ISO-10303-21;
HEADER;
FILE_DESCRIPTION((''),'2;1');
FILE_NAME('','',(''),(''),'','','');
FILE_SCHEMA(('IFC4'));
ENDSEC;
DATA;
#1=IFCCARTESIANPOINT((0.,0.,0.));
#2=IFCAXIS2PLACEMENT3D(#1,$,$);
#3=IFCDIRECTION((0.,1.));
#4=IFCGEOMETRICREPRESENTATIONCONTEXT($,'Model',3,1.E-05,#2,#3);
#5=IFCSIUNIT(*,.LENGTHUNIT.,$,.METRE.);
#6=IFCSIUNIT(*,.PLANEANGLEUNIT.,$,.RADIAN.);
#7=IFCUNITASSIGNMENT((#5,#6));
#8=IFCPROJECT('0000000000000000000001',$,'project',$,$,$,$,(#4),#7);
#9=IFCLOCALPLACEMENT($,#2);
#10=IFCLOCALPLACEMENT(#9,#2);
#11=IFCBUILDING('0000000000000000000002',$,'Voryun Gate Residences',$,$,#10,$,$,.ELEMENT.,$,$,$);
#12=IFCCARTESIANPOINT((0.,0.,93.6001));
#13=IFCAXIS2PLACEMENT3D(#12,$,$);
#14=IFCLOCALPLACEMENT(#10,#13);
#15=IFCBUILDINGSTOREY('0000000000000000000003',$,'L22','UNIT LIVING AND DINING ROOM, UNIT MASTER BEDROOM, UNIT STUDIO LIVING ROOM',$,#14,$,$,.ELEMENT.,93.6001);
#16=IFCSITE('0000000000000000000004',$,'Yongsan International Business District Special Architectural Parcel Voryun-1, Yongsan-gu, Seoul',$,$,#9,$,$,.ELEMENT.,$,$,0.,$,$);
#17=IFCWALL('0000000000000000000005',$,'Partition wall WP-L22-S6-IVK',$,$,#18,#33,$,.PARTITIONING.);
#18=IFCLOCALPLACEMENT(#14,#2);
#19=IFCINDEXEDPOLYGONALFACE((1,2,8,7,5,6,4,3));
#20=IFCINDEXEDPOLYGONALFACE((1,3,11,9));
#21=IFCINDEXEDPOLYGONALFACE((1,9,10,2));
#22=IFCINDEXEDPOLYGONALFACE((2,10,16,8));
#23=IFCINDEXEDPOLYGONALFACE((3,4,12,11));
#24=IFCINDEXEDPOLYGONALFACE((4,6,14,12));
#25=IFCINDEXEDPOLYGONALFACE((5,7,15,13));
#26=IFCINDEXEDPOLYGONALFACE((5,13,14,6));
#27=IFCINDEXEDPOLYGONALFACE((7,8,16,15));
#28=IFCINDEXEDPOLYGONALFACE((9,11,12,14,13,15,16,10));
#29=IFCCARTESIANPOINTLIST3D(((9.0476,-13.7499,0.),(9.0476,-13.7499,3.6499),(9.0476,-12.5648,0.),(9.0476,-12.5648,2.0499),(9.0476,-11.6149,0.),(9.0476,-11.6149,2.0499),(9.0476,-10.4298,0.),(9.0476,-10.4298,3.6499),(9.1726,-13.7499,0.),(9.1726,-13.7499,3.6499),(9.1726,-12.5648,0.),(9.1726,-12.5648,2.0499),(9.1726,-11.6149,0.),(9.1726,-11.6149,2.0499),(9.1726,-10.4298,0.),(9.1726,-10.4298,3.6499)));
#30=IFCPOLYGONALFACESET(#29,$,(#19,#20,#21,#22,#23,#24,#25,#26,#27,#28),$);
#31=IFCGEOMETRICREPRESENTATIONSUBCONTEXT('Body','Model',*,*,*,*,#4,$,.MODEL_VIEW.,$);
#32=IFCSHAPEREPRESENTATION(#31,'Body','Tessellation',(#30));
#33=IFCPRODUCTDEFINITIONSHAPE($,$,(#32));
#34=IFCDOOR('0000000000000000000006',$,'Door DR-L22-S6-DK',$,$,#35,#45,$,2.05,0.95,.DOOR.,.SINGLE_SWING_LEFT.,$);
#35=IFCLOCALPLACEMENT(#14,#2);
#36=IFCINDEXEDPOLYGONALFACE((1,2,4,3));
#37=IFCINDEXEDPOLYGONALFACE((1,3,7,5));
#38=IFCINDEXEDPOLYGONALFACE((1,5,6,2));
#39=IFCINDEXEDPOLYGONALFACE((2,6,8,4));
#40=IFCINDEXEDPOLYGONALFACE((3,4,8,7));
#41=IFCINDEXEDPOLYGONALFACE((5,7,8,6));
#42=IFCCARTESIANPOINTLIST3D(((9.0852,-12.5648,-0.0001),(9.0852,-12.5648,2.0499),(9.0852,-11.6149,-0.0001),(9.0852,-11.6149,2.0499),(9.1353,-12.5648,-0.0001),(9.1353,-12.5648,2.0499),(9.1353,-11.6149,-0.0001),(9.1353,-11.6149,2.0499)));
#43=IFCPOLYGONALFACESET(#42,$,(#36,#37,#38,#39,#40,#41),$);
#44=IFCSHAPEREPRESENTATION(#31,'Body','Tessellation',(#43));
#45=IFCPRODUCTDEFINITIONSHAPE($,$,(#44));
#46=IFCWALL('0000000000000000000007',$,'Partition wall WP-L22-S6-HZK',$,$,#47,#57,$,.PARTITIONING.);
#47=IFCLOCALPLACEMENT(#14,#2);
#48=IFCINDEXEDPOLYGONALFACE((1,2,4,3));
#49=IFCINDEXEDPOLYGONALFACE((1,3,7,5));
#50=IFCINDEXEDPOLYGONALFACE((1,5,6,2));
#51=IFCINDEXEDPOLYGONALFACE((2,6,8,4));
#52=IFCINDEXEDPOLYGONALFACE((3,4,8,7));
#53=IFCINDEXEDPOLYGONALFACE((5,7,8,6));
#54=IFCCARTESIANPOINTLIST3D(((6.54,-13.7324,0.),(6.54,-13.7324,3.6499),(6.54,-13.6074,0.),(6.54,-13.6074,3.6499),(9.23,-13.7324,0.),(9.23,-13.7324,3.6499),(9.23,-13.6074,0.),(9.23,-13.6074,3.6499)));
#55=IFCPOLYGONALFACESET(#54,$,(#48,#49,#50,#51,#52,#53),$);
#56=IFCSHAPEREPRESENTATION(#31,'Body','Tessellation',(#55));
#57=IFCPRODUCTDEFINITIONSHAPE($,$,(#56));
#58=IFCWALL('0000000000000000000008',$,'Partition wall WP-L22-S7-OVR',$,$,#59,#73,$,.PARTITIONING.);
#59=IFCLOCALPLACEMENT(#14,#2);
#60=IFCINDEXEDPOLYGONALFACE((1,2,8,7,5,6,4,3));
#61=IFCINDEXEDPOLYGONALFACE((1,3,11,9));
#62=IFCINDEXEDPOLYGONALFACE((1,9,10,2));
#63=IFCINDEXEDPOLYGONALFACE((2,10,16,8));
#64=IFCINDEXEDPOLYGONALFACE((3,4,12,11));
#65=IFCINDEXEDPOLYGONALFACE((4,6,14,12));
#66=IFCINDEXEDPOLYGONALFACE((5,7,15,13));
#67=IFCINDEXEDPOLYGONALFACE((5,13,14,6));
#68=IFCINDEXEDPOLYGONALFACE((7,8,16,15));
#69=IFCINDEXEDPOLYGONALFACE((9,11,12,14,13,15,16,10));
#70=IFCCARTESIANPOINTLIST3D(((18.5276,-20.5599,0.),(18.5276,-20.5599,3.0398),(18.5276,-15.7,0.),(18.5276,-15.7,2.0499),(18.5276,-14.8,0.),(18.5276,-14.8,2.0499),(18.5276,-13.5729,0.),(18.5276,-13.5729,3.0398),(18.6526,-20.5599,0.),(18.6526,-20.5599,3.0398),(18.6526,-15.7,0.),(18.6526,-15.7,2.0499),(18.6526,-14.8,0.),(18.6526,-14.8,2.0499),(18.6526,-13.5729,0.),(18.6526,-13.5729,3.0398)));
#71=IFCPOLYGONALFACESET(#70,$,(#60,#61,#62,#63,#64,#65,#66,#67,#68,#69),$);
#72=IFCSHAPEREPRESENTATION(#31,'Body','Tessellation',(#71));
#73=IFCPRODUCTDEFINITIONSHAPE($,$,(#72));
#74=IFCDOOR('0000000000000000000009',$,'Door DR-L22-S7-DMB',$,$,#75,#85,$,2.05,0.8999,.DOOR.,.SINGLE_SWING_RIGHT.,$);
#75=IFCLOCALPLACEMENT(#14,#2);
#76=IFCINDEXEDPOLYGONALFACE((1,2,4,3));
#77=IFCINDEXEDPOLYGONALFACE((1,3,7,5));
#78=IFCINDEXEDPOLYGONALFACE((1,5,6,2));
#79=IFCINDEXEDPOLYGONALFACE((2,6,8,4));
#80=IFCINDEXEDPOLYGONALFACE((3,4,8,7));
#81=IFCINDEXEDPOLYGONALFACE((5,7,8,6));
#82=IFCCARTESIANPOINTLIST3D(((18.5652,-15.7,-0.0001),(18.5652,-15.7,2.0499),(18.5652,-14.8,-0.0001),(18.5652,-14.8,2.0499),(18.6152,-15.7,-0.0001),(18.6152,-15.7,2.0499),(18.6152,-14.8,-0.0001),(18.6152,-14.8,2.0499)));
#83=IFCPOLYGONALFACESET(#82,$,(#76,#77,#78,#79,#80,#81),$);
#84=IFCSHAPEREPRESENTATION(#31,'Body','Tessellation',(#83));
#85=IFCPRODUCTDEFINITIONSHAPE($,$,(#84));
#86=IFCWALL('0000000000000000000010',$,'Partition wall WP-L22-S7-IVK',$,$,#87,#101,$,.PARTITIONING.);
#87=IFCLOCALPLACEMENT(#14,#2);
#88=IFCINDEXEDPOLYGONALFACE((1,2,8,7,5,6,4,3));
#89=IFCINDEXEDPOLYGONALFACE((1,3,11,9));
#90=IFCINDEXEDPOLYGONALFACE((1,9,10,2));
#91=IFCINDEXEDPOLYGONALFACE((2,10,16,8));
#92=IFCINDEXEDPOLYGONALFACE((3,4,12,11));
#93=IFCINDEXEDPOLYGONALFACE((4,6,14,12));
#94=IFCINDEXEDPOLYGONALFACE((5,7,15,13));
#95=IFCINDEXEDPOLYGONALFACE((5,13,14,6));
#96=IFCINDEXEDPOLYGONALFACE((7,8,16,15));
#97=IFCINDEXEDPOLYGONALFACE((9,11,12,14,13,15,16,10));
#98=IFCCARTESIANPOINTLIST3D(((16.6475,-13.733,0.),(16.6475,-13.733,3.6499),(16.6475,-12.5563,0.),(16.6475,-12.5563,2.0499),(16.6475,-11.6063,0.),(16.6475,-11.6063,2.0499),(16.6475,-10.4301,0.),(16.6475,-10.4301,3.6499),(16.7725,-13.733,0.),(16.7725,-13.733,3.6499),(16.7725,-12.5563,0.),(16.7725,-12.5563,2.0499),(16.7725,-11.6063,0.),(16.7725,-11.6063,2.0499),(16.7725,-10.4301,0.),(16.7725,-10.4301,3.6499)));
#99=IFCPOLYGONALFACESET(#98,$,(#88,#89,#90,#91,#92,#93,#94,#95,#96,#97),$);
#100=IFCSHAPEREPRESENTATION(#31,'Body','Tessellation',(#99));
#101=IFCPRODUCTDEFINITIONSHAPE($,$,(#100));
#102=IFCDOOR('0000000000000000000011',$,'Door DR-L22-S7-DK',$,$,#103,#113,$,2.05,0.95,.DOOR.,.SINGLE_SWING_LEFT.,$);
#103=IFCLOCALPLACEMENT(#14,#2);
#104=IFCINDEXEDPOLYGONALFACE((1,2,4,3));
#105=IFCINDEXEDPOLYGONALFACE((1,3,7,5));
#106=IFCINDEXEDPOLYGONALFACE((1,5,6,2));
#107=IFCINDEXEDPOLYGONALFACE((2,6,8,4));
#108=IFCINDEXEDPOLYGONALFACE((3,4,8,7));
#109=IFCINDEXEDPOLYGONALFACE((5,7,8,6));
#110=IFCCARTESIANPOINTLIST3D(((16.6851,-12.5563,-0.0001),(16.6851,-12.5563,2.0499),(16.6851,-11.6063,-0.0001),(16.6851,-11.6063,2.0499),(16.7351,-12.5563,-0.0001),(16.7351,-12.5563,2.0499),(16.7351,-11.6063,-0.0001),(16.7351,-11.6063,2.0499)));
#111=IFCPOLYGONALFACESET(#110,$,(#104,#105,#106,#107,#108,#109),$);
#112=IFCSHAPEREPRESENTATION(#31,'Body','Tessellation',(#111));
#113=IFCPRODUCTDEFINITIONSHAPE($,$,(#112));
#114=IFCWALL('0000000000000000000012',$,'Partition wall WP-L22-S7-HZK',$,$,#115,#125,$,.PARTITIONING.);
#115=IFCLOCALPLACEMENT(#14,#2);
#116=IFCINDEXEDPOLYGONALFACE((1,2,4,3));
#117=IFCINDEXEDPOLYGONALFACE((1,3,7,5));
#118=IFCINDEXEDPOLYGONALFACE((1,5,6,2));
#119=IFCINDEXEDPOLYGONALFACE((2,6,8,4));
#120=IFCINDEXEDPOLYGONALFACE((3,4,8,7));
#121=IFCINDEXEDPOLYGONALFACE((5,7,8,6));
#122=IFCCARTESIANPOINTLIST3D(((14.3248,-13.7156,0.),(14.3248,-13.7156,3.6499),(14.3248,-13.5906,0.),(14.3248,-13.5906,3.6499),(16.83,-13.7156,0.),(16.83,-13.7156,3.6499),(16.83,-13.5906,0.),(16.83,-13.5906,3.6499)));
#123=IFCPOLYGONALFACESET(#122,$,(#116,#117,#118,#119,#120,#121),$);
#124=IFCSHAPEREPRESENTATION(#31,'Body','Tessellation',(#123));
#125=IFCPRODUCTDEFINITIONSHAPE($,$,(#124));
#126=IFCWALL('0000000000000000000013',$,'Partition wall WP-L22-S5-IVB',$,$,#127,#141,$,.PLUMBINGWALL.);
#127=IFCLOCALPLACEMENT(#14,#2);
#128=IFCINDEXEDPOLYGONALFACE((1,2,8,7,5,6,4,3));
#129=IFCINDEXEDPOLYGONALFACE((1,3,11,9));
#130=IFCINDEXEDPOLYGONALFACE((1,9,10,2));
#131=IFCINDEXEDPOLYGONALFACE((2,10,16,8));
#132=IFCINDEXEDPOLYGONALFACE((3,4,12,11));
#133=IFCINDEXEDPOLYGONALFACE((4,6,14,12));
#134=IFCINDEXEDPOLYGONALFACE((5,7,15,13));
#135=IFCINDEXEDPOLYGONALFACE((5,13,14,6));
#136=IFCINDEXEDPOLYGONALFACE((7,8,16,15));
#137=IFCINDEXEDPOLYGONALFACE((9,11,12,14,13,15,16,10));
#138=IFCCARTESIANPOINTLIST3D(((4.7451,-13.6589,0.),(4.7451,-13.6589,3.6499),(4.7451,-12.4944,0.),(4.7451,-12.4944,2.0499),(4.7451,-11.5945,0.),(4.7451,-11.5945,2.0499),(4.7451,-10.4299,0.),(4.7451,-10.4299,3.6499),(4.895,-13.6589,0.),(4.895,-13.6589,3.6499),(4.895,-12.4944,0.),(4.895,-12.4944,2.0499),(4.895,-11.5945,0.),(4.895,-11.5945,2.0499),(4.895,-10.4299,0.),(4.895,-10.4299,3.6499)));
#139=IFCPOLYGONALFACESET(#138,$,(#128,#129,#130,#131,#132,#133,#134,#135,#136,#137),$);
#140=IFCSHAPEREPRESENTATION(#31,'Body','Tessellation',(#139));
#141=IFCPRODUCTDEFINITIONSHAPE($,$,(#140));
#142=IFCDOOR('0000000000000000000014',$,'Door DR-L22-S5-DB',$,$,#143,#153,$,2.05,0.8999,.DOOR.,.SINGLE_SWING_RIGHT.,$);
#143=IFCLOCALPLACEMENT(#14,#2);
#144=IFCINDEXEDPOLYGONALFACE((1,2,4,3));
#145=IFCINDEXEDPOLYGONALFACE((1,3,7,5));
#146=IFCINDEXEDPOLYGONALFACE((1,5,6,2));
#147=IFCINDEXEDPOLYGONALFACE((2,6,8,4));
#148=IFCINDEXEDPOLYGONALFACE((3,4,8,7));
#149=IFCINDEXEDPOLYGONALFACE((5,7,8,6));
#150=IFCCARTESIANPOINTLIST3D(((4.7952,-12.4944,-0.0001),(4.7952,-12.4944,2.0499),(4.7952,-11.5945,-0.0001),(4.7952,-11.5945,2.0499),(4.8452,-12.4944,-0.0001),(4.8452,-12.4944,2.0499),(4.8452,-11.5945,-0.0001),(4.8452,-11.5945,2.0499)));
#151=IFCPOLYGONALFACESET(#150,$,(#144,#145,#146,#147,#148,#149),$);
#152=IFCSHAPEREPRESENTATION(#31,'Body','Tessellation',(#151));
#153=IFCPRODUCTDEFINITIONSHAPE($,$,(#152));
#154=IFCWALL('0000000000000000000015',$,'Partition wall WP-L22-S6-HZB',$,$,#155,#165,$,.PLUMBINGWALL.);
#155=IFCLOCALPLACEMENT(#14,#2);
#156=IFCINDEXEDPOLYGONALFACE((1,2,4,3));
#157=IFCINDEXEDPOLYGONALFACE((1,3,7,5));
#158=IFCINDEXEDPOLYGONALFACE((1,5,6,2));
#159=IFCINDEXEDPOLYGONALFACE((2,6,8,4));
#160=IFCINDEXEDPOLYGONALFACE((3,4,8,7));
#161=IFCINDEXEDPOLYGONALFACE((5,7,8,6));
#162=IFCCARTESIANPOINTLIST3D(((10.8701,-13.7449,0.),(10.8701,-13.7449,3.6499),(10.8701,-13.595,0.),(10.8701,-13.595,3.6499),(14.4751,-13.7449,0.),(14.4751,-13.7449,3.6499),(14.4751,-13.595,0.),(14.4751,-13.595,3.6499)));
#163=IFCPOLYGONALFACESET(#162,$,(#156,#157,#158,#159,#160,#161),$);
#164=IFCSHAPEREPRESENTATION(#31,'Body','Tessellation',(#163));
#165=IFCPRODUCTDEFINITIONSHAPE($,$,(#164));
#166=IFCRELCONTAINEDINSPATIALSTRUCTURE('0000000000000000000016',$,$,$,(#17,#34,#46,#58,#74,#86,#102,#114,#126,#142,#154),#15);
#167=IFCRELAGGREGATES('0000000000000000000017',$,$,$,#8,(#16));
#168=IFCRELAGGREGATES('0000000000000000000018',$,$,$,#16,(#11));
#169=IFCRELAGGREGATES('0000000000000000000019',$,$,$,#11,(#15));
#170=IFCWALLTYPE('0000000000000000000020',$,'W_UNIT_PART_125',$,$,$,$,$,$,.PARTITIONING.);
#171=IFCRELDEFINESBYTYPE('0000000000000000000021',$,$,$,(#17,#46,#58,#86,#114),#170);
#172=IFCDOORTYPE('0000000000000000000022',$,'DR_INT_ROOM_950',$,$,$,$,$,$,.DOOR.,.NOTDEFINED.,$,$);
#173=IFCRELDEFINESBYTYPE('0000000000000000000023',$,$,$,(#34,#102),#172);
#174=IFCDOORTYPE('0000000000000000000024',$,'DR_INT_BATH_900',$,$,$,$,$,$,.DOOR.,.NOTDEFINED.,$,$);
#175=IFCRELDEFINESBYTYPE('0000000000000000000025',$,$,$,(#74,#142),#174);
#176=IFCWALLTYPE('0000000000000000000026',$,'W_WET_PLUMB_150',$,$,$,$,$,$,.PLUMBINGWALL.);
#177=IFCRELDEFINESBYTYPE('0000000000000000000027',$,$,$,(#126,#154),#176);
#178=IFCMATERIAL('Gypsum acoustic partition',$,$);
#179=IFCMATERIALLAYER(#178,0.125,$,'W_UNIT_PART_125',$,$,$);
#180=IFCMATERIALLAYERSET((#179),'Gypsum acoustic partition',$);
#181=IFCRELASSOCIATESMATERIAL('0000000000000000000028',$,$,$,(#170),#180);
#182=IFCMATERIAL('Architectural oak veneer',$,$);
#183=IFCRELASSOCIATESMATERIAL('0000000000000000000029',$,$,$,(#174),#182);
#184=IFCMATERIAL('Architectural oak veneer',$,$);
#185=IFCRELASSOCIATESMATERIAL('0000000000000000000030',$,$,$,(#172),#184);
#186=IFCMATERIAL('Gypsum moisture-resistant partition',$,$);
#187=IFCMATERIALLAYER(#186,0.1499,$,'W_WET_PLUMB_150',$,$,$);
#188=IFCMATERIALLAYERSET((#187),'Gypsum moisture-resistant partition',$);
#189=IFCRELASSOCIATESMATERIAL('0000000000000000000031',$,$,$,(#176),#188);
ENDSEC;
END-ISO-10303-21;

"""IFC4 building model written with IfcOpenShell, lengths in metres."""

from ifc_helpers import new_model, si_unit, direction, frame, frame_2d, origin, place, context, subcontext, project, spatial, rectangle, extrude, material, layer, layer_set, type_object, element, fill, save


model = new_model("IFC4")

# Units and contexts
model_context = context("Model", 3, precision=1e-05, world=origin(), true_north=direction((0.0, 1.0)))
body_context = subcontext(model_context, "Body", "Model", "MODEL_VIEW")
ifc_project = project(units=[si_unit("LENGTHUNIT", "METRE"), si_unit("PLANEANGLEUNIT", "RADIAN")], contexts=[model_context])

# Site, building, storey
site_placement = place(None, origin())
site = spatial("IfcSite", under=ifc_project, at=site_placement, Name="Yongsan International Business District Special Architectural Parcel Voryun-1, Yongsan-gu, Seoul", CompositionType="ELEMENT", RefElevation=0.0)
building_placement = place(site_placement, origin())
building = spatial("IfcBuilding", under=site, at=building_placement, Name="Voryun Gate Residences", CompositionType="ELEMENT")
storey_placement = place(building_placement, frame((0.0, 0.0, 93.6001)))
storey = spatial("IfcBuildingStorey", under=building, at=storey_placement, Name="L22", Description="UNIT LIVING AND DINING ROOM, UNIT MASTER BEDROOM, UNIT STUDIO LIVING ROOM", CompositionType="ELEMENT", Elevation=93.6001)

# Wall, opening, door
ifc_material_1 = material(Name="Gypsum acoustic partition")
ifc_layer_1 = layer(ifc_material_1, 0.125, Name="W_UNIT_PART_125")
ifc_layer_set_1 = layer_set([ifc_layer_1], Name="Gypsum acoustic partition")
wall_type_1 = type_object("IfcWallType", Name="W_UNIT_PART_125", PredefinedType="PARTITIONING", material=ifc_layer_set_1)
ifc_material_2 = material(Name="Architectural oak veneer")
door_type_1 = type_object("IfcDoorType", Name="DR_INT_BATH_900", OperationType="NOTDEFINED", PredefinedType="DOOR", material=ifc_material_2)
wall_1_placement = place(storey_placement, frame((9.1101, -13.75, 0.0), z_axis=(0.0, 0.0, 1.0), x_axis=(0.0, 1.0, 0.0)))
wall_1 = element("IfcWall", 1, at=wall_1_placement, inside=storey, type_object=wall_type_1, Name="Partition wall WP-L22-S6-IVK", PredefinedType="PARTITIONING", context=body_context, shape_type="SweptSolid", body=[
    extrude(rectangle(XDim=3.3201, YDim=0.125, at=frame_2d((1.6602, 0.0))), origin(), (0.0, 0.0, 1.0), 3.6499),
])
opening_1_placement = place(wall_1_placement, frame((1.1851, 0.0, 0.0)))
opening_1 = element("IfcOpeningElement", 2, at=opening_1_placement, cuts=wall_1, PredefinedType="OPENING", context=body_context, shape_type="SweptSolid", body=[
    extrude(rectangle(XDim=0.95, YDim=2.05, at=frame_2d((0.4751, 1.0249))), frame((0.0, 0.0725, 0.0), z_axis=(0.0, -1.0, 0.0), x_axis=(1.0, 0.0, 0.0)), (0.0, 0.0, 1.0), 0.145),
])
ifc_material_3 = material(Name="Architectural oak veneer")
door_type_2 = type_object("IfcDoorType", Name="DR_INT_ROOM_950", OperationType="NOTDEFINED", PredefinedType="DOOR", material=ifc_material_3)
door_1_placement = place(opening_1_placement, origin())
door_1 = element("IfcDoor", 3, at=door_1_placement, inside=storey, type_object=door_type_2, Name="Door DR-L22-S6-DK", OperationType="SINGLE_SWING_LEFT", OverallHeight=2.05, OverallWidth=0.95, PredefinedType="DOOR", context=body_context, shape_type="SweptSolid", body=[
    extrude(rectangle(XDim=0.95, YDim=2.05, at=frame_2d((0.4751, 1.0249))), frame((0.0, 0.0249, 0.0), z_axis=(0.0, -1.0, 0.0), x_axis=(1.0, 0.0, 0.0)), (0.0, 0.0, 1.0), 0.05),
])
fill(opening_1, door_1)

# Wall
wall_2_placement = place(storey_placement, frame((6.54, -13.6699, 0.0), z_axis=(0.0, 0.0, 1.0), x_axis=(1.0, 0.0, 0.0)))
element("IfcWall", 4, at=wall_2_placement, inside=storey, type_object=wall_type_1, Name="Partition wall WP-L22-S6-HZK", PredefinedType="PARTITIONING", context=body_context, shape_type="SweptSolid", body=[
    extrude(rectangle(XDim=2.6899, YDim=0.125, at=frame_2d((1.345, 0.0))), origin(), (0.0, 0.0, 1.0), 3.6499),
])

# Walls, openings, doors
wall_3_placement = place(storey_placement, frame((18.5901, -20.5601, 0.0), z_axis=(0.0, 0.0, 1.0), x_axis=(0.0, 1.0, 0.0)))
wall_3 = element("IfcWall", 5, at=wall_3_placement, inside=storey, type_object=wall_type_1, Name="Partition wall WP-L22-S7-OVR", PredefinedType="PARTITIONING", context=body_context, shape_type="SweptSolid", body=[
    extrude(rectangle(XDim=6.9871, YDim=0.125, at=frame_2d((3.4937, 0.0))), origin(), (0.0, 0.0, 1.0), 3.0398),
])
opening_2_placement = place(wall_3_placement, frame((4.8601, 0.0, 0.0)))
opening_2 = element("IfcOpeningElement", 6, at=opening_2_placement, cuts=wall_3, PredefinedType="OPENING", context=body_context, shape_type="SweptSolid", body=[
    extrude(rectangle(XDim=0.8999, YDim=2.05, at=frame_2d((0.45, 1.0249))), frame((0.0, 0.0725, 0.0), z_axis=(0.0, -1.0, 0.0), x_axis=(1.0, 0.0, 0.0)), (0.0, 0.0, 1.0), 0.145),
])
door_2_placement = place(opening_2_placement, origin())
door_2 = element("IfcDoor", 7, at=door_2_placement, inside=storey, type_object=door_type_1, Name="Door DR-L22-S7-DMB", OperationType="SINGLE_SWING_RIGHT", OverallHeight=2.05, OverallWidth=0.8999, PredefinedType="DOOR", context=body_context, shape_type="SweptSolid", body=[
    extrude(rectangle(XDim=0.8999, YDim=2.05, at=frame_2d((0.45, 1.0249))), frame((0.0, 0.0249, 0.0), z_axis=(0.0, -1.0, 0.0), x_axis=(1.0, 0.0, 0.0)), (0.0, 0.0, 1.0), 0.05),
])
fill(opening_2, door_2)
wall_4_placement = place(storey_placement, frame((16.71, -13.7329, 0.0), z_axis=(0.0, 0.0, 1.0), x_axis=(0.0, 1.0, 0.0)))
wall_4 = element("IfcWall", 8, at=wall_4_placement, inside=storey, type_object=wall_type_1, Name="Partition wall WP-L22-S7-IVK", PredefinedType="PARTITIONING", context=body_context, shape_type="SweptSolid", body=[
    extrude(rectangle(XDim=3.303, YDim=0.125, at=frame_2d((1.6514, 0.0))), origin(), (0.0, 0.0, 1.0), 3.6499),
])
opening_3_placement = place(wall_4_placement, frame((1.1765, 0.0, 0.0)))
opening_3 = element("IfcOpeningElement", 9, at=opening_3_placement, cuts=wall_4, PredefinedType="OPENING", context=body_context, shape_type="SweptSolid", body=[
    extrude(rectangle(XDim=0.95, YDim=2.05, at=frame_2d((0.4751, 1.0249))), frame((0.0, 0.0725, 0.0), z_axis=(0.0, -1.0, 0.0), x_axis=(1.0, 0.0, 0.0)), (0.0, 0.0, 1.0), 0.145),
])
door_3_placement = place(opening_3_placement, origin())
door_3 = element("IfcDoor", 10, at=door_3_placement, inside=storey, type_object=door_type_2, Name="Door DR-L22-S7-DK", OperationType="SINGLE_SWING_LEFT", OverallHeight=2.05, OverallWidth=0.95, PredefinedType="DOOR", context=body_context, shape_type="SweptSolid", body=[
    extrude(rectangle(XDim=0.95, YDim=2.05, at=frame_2d((0.4751, 1.0249))), frame((0.0, 0.0249, 0.0), z_axis=(0.0, -1.0, 0.0), x_axis=(1.0, 0.0, 0.0)), (0.0, 0.0, 1.0), 0.05),
])
fill(opening_3, door_3)

# Wall
wall_5_placement = place(storey_placement, frame((14.325, -13.6531, 0.0), z_axis=(0.0, 0.0, 1.0), x_axis=(1.0, 0.0, 0.0)))
element("IfcWall", 11, at=wall_5_placement, inside=storey, type_object=wall_type_1, Name="Partition wall WP-L22-S7-HZK", PredefinedType="PARTITIONING", context=body_context, shape_type="SweptSolid", body=[
    extrude(rectangle(XDim=2.5051, YDim=0.125, at=frame_2d((1.2524, 0.0))), origin(), (0.0, 0.0, 1.0), 3.6499),
])

# Wall, opening, door
ifc_material_4 = material(Name="Gypsum moisture-resistant partition")
ifc_layer_2 = layer(ifc_material_4, 0.1499, Name="W_WET_PLUMB_150")
ifc_layer_set_2 = layer_set([ifc_layer_2], Name="Gypsum moisture-resistant partition")
wall_type_2 = type_object("IfcWallType", Name="W_WET_PLUMB_150", PredefinedType="PLUMBINGWALL", material=ifc_layer_set_2)
wall_6_placement = place(storey_placement, frame((4.8201, -13.6589, 0.0), z_axis=(0.0, 0.0, 1.0), x_axis=(0.0, 1.0, 0.0)))
wall_6 = element("IfcWall", 12, at=wall_6_placement, inside=storey, type_object=wall_type_2, Name="Partition wall WP-L22-S5-IVB", PredefinedType="PLUMBINGWALL", context=body_context, shape_type="SweptSolid", body=[
    extrude(rectangle(XDim=3.229, YDim=0.1499, at=frame_2d((1.6145, 0.0))), origin(), (0.0, 0.0, 1.0), 3.6499),
])
opening_4_placement = place(wall_6_placement, frame((1.1646, 0.0, 0.0)))
opening_4 = element("IfcOpeningElement", 13, at=opening_4_placement, cuts=wall_6, PredefinedType="OPENING", context=body_context, shape_type="SweptSolid", body=[
    extrude(rectangle(XDim=0.8999, YDim=2.05, at=frame_2d((0.45, 1.0249))), frame((0.0, 0.085, 0.0), z_axis=(0.0, -1.0, 0.0), x_axis=(1.0, 0.0, 0.0)), (0.0, 0.0, 1.0), 0.1699),
])
door_4_placement = place(opening_4_placement, origin())
door_4 = element("IfcDoor", 14, at=door_4_placement, inside=storey, type_object=door_type_1, Name="Door DR-L22-S5-DB", OperationType="SINGLE_SWING_RIGHT", OverallHeight=2.05, OverallWidth=0.8999, PredefinedType="DOOR", context=body_context, shape_type="SweptSolid", body=[
    extrude(rectangle(XDim=0.8999, YDim=2.05, at=frame_2d((0.45, 1.0249))), frame((0.0, 0.0249, 0.0), z_axis=(0.0, -1.0, 0.0), x_axis=(1.0, 0.0, 0.0)), (0.0, 0.0, 1.0), 0.05),
])
fill(opening_4, door_4)

# Wall
wall_7_placement = place(storey_placement, frame((10.8701, -13.6699, 0.0), z_axis=(0.0, 0.0, 1.0), x_axis=(1.0, 0.0, 0.0)))
element("IfcWall", 15, at=wall_7_placement, inside=storey, type_object=wall_type_2, Name="Partition wall WP-L22-S6-HZB", PredefinedType="PLUMBINGWALL", context=body_context, shape_type="SweptSolid", body=[
    extrude(rectangle(XDim=3.605, YDim=0.1499, at=frame_2d((1.8025, 0.0))), origin(), (0.0, 0.0, 1.0), 3.6499),
])

save(model, "model.ifc")
